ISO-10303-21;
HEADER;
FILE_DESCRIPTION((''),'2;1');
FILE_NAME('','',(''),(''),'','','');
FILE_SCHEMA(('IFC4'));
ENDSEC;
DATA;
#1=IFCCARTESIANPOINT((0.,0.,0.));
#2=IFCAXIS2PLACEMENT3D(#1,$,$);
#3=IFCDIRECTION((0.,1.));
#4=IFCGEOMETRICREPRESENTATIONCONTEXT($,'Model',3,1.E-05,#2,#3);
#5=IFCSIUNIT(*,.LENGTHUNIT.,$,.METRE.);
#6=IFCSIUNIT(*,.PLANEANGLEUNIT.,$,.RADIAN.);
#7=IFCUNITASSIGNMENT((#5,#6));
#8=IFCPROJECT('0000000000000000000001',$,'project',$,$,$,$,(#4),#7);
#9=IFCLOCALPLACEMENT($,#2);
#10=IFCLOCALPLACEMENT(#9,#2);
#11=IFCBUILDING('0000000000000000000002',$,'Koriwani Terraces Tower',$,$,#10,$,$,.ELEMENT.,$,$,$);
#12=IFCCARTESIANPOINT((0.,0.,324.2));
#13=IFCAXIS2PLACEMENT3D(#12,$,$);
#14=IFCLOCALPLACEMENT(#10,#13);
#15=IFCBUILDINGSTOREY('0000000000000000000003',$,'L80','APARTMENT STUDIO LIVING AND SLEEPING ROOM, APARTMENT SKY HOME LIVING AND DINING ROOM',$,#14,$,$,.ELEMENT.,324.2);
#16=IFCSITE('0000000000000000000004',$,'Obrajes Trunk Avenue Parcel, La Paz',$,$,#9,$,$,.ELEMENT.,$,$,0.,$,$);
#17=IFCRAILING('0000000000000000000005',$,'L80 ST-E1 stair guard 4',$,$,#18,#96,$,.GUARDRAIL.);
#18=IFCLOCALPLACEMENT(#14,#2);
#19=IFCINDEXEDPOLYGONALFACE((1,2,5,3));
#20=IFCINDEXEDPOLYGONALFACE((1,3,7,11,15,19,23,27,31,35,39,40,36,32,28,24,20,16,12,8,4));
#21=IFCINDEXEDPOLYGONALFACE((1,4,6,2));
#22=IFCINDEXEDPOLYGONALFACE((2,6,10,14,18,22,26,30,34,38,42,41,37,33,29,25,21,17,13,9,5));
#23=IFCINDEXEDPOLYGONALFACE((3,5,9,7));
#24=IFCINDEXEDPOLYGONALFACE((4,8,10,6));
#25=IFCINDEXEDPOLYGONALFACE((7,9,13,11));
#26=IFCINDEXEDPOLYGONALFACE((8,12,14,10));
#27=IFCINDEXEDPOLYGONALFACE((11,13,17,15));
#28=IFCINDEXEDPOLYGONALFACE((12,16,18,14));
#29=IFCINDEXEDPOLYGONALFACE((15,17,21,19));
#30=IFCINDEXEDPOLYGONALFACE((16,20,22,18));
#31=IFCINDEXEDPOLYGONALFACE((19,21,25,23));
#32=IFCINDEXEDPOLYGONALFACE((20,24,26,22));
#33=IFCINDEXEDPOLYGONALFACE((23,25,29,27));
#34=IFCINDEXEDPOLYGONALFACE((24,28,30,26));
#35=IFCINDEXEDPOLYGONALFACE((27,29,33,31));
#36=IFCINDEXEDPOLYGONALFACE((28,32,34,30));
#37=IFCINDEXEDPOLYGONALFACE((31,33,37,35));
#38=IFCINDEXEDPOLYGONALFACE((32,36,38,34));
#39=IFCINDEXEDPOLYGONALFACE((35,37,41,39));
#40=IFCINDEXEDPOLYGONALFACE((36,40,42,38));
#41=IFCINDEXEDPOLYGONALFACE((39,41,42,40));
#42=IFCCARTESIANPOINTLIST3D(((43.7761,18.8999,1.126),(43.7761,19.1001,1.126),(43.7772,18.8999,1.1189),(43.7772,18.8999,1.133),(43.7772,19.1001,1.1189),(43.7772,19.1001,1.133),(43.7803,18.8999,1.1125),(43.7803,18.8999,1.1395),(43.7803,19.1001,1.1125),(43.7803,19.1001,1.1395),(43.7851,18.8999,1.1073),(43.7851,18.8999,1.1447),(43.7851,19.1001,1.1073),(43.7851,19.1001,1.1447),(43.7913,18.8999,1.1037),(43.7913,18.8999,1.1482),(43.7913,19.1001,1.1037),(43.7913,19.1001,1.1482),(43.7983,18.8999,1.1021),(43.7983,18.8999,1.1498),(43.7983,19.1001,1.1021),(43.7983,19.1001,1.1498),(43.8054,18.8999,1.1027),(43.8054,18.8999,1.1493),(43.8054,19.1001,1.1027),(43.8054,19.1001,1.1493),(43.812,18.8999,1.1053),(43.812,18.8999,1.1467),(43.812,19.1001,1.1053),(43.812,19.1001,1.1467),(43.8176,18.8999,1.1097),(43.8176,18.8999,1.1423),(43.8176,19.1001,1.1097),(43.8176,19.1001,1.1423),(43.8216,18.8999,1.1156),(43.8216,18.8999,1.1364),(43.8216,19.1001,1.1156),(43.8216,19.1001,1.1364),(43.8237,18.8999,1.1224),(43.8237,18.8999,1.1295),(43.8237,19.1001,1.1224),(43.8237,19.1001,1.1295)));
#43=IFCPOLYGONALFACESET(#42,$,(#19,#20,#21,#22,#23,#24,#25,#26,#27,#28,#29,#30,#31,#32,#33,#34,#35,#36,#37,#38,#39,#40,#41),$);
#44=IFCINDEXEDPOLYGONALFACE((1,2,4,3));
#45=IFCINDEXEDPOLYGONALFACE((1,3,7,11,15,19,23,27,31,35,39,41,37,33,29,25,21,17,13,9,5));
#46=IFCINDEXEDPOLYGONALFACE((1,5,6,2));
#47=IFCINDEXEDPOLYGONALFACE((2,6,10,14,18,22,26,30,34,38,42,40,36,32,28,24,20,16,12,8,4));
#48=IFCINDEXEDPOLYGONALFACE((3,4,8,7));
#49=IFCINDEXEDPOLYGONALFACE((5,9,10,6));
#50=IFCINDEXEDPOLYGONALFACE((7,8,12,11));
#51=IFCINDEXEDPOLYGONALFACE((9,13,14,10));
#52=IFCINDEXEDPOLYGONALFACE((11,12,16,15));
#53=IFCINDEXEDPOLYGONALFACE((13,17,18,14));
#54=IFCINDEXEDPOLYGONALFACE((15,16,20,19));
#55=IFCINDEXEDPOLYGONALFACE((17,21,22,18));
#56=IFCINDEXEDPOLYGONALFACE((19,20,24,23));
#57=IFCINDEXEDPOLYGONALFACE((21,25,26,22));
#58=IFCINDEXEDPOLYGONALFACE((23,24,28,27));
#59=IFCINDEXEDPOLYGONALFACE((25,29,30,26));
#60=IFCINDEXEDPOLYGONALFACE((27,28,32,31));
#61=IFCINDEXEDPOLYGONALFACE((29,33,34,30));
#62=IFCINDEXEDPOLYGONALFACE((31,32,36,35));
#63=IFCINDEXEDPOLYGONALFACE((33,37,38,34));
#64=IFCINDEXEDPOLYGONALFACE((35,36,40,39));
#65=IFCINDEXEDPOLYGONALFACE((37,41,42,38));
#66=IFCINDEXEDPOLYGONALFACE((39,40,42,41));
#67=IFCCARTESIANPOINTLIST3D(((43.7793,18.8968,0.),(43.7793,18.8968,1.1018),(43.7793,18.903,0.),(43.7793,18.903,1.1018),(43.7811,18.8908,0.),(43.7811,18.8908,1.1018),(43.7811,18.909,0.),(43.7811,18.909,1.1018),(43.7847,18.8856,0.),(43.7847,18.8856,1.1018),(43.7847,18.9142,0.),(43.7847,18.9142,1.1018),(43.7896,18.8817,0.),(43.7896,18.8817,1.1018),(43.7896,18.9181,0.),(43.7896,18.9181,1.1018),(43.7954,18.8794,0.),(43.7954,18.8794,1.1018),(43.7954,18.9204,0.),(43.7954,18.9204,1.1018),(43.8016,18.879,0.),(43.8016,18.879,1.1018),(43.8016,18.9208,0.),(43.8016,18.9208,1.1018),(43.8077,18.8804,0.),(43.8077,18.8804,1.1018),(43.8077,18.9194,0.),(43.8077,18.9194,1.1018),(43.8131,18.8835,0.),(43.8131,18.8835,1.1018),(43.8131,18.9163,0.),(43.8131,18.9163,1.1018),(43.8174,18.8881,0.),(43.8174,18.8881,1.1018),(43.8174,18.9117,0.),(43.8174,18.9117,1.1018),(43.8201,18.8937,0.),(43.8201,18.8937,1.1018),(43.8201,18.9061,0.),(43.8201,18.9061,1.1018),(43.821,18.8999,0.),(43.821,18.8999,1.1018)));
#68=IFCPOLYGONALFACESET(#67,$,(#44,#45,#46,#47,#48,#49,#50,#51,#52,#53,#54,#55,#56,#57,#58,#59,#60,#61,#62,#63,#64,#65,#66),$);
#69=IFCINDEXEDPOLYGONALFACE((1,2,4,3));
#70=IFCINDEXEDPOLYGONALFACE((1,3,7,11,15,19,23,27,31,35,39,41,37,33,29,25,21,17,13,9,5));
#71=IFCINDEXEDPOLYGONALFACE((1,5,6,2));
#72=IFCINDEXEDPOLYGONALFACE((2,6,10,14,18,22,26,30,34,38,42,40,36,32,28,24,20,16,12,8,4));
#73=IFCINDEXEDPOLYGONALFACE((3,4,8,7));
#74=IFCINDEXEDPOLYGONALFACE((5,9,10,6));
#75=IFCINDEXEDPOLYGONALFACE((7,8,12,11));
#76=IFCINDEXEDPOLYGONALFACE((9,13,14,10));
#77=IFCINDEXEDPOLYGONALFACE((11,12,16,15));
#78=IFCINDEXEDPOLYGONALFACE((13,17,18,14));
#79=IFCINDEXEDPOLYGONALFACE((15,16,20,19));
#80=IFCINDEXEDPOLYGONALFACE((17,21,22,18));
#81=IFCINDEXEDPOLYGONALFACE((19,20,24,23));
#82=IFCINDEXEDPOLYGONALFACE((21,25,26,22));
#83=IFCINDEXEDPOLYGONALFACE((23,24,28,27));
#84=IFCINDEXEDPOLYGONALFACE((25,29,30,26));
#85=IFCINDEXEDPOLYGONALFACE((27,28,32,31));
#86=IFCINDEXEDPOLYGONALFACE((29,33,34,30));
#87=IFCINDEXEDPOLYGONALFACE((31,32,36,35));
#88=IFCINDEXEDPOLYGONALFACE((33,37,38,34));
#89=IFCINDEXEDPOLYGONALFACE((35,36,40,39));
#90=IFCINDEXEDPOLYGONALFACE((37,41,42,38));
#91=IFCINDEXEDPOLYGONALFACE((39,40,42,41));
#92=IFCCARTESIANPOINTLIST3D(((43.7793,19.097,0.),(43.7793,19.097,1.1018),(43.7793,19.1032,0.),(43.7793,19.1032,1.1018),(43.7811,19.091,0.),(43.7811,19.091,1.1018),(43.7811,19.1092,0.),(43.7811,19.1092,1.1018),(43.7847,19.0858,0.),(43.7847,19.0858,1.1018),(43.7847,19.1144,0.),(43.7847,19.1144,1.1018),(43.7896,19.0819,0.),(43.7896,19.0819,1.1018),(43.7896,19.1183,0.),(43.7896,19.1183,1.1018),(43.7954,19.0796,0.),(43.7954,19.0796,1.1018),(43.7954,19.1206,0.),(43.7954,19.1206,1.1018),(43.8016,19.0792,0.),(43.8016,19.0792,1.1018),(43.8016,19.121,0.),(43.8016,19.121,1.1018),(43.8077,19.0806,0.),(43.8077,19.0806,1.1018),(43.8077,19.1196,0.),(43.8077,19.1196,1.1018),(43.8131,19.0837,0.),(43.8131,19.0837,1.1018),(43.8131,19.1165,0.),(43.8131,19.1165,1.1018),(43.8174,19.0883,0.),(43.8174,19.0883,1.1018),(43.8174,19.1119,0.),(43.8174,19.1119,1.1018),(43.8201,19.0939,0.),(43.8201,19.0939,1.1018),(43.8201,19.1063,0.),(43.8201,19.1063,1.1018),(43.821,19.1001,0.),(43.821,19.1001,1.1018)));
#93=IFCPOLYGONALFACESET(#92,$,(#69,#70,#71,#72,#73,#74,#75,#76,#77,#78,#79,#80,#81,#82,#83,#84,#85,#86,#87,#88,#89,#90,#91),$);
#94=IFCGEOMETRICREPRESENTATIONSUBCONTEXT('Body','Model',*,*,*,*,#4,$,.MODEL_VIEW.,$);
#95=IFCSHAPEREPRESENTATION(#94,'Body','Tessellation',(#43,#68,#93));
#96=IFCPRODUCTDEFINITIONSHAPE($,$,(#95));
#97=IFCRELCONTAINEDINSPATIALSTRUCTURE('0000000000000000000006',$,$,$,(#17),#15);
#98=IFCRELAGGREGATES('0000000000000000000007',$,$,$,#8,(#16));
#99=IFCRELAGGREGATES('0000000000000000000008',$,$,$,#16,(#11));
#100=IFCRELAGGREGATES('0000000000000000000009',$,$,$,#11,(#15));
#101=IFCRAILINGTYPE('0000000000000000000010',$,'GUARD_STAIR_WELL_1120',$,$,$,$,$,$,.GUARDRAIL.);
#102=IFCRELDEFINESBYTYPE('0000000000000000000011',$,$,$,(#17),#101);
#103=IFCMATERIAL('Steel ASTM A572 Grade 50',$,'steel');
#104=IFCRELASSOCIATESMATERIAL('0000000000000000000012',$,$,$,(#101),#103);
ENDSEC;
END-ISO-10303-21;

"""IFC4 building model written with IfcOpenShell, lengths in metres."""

from ifc_helpers import new_model, si_unit, direction, frame, origin, origin_2d, place, context, subcontext, project, spatial, circle, extrude, material, type_object, element, save


model = new_model("IFC4")

# Units and contexts
model_context = context("Model", 3, precision=1e-05, world=origin(), true_north=direction((0.0, 1.0)))
body_context = subcontext(model_context, "Body", "Model", "MODEL_VIEW")
ifc_project = project(units=[si_unit("LENGTHUNIT", "METRE"), si_unit("PLANEANGLEUNIT", "RADIAN")], contexts=[model_context])

# Site, building, storey
site_placement = place(None, origin())
site = spatial("IfcSite", under=ifc_project, at=site_placement, Name="Obrajes Trunk Avenue Parcel, La Paz", CompositionType="ELEMENT", RefElevation=0.0)
building_placement = place(site_placement, origin())
building = spatial("IfcBuilding", under=site, at=building_placement, Name="Koriwani Terraces Tower", CompositionType="ELEMENT")
storey_placement = place(building_placement, frame((0.0, 0.0, 324.2)))
storey = spatial("IfcBuildingStorey", under=building, at=storey_placement, Name="L80", Description="APARTMENT STUDIO LIVING AND SLEEPING ROOM, APARTMENT SKY HOME LIVING AND DINING ROOM", CompositionType="ELEMENT", Elevation=324.2)

# Shared definitions
ifc_material_1 = material(Name="Steel ASTM A572 Grade 50", Category="steel")

# Railing
railing_type_1 = type_object("IfcRailingType", Name="GUARD_STAIR_WELL_1120", PredefinedType="GUARDRAIL", material=ifc_material_1)
railing_1_placement = place(storey_placement, frame((43.8, 18.8999, 0.0)))
element("IfcRailing", 1, at=railing_1_placement, inside=storey, type_object=railing_type_1, Name="L80 ST-E1 stair guard 4", PredefinedType="GUARDRAIL", context=body_context, shape_type="SweptSolid", body=[
    extrude(circle(Radius=0.0239, at=origin_2d()), frame((0.0, 0.0, 1.126), z_axis=(0.0, 1.0, 0.0), x_axis=(-1.0, 0.0, 0.0)), (0.0, 0.0, 1.0), 0.2002),
    extrude(circle(Radius=0.021, at=origin_2d()), origin(), (0.0, 0.0, 1.0), 1.1018),
    extrude(circle(Radius=0.021, at=origin_2d()), frame((0.0, 0.2002, 0.0)), (0.0, 0.0, 1.0), 1.1018),
])

save(model, "model.ifc")
